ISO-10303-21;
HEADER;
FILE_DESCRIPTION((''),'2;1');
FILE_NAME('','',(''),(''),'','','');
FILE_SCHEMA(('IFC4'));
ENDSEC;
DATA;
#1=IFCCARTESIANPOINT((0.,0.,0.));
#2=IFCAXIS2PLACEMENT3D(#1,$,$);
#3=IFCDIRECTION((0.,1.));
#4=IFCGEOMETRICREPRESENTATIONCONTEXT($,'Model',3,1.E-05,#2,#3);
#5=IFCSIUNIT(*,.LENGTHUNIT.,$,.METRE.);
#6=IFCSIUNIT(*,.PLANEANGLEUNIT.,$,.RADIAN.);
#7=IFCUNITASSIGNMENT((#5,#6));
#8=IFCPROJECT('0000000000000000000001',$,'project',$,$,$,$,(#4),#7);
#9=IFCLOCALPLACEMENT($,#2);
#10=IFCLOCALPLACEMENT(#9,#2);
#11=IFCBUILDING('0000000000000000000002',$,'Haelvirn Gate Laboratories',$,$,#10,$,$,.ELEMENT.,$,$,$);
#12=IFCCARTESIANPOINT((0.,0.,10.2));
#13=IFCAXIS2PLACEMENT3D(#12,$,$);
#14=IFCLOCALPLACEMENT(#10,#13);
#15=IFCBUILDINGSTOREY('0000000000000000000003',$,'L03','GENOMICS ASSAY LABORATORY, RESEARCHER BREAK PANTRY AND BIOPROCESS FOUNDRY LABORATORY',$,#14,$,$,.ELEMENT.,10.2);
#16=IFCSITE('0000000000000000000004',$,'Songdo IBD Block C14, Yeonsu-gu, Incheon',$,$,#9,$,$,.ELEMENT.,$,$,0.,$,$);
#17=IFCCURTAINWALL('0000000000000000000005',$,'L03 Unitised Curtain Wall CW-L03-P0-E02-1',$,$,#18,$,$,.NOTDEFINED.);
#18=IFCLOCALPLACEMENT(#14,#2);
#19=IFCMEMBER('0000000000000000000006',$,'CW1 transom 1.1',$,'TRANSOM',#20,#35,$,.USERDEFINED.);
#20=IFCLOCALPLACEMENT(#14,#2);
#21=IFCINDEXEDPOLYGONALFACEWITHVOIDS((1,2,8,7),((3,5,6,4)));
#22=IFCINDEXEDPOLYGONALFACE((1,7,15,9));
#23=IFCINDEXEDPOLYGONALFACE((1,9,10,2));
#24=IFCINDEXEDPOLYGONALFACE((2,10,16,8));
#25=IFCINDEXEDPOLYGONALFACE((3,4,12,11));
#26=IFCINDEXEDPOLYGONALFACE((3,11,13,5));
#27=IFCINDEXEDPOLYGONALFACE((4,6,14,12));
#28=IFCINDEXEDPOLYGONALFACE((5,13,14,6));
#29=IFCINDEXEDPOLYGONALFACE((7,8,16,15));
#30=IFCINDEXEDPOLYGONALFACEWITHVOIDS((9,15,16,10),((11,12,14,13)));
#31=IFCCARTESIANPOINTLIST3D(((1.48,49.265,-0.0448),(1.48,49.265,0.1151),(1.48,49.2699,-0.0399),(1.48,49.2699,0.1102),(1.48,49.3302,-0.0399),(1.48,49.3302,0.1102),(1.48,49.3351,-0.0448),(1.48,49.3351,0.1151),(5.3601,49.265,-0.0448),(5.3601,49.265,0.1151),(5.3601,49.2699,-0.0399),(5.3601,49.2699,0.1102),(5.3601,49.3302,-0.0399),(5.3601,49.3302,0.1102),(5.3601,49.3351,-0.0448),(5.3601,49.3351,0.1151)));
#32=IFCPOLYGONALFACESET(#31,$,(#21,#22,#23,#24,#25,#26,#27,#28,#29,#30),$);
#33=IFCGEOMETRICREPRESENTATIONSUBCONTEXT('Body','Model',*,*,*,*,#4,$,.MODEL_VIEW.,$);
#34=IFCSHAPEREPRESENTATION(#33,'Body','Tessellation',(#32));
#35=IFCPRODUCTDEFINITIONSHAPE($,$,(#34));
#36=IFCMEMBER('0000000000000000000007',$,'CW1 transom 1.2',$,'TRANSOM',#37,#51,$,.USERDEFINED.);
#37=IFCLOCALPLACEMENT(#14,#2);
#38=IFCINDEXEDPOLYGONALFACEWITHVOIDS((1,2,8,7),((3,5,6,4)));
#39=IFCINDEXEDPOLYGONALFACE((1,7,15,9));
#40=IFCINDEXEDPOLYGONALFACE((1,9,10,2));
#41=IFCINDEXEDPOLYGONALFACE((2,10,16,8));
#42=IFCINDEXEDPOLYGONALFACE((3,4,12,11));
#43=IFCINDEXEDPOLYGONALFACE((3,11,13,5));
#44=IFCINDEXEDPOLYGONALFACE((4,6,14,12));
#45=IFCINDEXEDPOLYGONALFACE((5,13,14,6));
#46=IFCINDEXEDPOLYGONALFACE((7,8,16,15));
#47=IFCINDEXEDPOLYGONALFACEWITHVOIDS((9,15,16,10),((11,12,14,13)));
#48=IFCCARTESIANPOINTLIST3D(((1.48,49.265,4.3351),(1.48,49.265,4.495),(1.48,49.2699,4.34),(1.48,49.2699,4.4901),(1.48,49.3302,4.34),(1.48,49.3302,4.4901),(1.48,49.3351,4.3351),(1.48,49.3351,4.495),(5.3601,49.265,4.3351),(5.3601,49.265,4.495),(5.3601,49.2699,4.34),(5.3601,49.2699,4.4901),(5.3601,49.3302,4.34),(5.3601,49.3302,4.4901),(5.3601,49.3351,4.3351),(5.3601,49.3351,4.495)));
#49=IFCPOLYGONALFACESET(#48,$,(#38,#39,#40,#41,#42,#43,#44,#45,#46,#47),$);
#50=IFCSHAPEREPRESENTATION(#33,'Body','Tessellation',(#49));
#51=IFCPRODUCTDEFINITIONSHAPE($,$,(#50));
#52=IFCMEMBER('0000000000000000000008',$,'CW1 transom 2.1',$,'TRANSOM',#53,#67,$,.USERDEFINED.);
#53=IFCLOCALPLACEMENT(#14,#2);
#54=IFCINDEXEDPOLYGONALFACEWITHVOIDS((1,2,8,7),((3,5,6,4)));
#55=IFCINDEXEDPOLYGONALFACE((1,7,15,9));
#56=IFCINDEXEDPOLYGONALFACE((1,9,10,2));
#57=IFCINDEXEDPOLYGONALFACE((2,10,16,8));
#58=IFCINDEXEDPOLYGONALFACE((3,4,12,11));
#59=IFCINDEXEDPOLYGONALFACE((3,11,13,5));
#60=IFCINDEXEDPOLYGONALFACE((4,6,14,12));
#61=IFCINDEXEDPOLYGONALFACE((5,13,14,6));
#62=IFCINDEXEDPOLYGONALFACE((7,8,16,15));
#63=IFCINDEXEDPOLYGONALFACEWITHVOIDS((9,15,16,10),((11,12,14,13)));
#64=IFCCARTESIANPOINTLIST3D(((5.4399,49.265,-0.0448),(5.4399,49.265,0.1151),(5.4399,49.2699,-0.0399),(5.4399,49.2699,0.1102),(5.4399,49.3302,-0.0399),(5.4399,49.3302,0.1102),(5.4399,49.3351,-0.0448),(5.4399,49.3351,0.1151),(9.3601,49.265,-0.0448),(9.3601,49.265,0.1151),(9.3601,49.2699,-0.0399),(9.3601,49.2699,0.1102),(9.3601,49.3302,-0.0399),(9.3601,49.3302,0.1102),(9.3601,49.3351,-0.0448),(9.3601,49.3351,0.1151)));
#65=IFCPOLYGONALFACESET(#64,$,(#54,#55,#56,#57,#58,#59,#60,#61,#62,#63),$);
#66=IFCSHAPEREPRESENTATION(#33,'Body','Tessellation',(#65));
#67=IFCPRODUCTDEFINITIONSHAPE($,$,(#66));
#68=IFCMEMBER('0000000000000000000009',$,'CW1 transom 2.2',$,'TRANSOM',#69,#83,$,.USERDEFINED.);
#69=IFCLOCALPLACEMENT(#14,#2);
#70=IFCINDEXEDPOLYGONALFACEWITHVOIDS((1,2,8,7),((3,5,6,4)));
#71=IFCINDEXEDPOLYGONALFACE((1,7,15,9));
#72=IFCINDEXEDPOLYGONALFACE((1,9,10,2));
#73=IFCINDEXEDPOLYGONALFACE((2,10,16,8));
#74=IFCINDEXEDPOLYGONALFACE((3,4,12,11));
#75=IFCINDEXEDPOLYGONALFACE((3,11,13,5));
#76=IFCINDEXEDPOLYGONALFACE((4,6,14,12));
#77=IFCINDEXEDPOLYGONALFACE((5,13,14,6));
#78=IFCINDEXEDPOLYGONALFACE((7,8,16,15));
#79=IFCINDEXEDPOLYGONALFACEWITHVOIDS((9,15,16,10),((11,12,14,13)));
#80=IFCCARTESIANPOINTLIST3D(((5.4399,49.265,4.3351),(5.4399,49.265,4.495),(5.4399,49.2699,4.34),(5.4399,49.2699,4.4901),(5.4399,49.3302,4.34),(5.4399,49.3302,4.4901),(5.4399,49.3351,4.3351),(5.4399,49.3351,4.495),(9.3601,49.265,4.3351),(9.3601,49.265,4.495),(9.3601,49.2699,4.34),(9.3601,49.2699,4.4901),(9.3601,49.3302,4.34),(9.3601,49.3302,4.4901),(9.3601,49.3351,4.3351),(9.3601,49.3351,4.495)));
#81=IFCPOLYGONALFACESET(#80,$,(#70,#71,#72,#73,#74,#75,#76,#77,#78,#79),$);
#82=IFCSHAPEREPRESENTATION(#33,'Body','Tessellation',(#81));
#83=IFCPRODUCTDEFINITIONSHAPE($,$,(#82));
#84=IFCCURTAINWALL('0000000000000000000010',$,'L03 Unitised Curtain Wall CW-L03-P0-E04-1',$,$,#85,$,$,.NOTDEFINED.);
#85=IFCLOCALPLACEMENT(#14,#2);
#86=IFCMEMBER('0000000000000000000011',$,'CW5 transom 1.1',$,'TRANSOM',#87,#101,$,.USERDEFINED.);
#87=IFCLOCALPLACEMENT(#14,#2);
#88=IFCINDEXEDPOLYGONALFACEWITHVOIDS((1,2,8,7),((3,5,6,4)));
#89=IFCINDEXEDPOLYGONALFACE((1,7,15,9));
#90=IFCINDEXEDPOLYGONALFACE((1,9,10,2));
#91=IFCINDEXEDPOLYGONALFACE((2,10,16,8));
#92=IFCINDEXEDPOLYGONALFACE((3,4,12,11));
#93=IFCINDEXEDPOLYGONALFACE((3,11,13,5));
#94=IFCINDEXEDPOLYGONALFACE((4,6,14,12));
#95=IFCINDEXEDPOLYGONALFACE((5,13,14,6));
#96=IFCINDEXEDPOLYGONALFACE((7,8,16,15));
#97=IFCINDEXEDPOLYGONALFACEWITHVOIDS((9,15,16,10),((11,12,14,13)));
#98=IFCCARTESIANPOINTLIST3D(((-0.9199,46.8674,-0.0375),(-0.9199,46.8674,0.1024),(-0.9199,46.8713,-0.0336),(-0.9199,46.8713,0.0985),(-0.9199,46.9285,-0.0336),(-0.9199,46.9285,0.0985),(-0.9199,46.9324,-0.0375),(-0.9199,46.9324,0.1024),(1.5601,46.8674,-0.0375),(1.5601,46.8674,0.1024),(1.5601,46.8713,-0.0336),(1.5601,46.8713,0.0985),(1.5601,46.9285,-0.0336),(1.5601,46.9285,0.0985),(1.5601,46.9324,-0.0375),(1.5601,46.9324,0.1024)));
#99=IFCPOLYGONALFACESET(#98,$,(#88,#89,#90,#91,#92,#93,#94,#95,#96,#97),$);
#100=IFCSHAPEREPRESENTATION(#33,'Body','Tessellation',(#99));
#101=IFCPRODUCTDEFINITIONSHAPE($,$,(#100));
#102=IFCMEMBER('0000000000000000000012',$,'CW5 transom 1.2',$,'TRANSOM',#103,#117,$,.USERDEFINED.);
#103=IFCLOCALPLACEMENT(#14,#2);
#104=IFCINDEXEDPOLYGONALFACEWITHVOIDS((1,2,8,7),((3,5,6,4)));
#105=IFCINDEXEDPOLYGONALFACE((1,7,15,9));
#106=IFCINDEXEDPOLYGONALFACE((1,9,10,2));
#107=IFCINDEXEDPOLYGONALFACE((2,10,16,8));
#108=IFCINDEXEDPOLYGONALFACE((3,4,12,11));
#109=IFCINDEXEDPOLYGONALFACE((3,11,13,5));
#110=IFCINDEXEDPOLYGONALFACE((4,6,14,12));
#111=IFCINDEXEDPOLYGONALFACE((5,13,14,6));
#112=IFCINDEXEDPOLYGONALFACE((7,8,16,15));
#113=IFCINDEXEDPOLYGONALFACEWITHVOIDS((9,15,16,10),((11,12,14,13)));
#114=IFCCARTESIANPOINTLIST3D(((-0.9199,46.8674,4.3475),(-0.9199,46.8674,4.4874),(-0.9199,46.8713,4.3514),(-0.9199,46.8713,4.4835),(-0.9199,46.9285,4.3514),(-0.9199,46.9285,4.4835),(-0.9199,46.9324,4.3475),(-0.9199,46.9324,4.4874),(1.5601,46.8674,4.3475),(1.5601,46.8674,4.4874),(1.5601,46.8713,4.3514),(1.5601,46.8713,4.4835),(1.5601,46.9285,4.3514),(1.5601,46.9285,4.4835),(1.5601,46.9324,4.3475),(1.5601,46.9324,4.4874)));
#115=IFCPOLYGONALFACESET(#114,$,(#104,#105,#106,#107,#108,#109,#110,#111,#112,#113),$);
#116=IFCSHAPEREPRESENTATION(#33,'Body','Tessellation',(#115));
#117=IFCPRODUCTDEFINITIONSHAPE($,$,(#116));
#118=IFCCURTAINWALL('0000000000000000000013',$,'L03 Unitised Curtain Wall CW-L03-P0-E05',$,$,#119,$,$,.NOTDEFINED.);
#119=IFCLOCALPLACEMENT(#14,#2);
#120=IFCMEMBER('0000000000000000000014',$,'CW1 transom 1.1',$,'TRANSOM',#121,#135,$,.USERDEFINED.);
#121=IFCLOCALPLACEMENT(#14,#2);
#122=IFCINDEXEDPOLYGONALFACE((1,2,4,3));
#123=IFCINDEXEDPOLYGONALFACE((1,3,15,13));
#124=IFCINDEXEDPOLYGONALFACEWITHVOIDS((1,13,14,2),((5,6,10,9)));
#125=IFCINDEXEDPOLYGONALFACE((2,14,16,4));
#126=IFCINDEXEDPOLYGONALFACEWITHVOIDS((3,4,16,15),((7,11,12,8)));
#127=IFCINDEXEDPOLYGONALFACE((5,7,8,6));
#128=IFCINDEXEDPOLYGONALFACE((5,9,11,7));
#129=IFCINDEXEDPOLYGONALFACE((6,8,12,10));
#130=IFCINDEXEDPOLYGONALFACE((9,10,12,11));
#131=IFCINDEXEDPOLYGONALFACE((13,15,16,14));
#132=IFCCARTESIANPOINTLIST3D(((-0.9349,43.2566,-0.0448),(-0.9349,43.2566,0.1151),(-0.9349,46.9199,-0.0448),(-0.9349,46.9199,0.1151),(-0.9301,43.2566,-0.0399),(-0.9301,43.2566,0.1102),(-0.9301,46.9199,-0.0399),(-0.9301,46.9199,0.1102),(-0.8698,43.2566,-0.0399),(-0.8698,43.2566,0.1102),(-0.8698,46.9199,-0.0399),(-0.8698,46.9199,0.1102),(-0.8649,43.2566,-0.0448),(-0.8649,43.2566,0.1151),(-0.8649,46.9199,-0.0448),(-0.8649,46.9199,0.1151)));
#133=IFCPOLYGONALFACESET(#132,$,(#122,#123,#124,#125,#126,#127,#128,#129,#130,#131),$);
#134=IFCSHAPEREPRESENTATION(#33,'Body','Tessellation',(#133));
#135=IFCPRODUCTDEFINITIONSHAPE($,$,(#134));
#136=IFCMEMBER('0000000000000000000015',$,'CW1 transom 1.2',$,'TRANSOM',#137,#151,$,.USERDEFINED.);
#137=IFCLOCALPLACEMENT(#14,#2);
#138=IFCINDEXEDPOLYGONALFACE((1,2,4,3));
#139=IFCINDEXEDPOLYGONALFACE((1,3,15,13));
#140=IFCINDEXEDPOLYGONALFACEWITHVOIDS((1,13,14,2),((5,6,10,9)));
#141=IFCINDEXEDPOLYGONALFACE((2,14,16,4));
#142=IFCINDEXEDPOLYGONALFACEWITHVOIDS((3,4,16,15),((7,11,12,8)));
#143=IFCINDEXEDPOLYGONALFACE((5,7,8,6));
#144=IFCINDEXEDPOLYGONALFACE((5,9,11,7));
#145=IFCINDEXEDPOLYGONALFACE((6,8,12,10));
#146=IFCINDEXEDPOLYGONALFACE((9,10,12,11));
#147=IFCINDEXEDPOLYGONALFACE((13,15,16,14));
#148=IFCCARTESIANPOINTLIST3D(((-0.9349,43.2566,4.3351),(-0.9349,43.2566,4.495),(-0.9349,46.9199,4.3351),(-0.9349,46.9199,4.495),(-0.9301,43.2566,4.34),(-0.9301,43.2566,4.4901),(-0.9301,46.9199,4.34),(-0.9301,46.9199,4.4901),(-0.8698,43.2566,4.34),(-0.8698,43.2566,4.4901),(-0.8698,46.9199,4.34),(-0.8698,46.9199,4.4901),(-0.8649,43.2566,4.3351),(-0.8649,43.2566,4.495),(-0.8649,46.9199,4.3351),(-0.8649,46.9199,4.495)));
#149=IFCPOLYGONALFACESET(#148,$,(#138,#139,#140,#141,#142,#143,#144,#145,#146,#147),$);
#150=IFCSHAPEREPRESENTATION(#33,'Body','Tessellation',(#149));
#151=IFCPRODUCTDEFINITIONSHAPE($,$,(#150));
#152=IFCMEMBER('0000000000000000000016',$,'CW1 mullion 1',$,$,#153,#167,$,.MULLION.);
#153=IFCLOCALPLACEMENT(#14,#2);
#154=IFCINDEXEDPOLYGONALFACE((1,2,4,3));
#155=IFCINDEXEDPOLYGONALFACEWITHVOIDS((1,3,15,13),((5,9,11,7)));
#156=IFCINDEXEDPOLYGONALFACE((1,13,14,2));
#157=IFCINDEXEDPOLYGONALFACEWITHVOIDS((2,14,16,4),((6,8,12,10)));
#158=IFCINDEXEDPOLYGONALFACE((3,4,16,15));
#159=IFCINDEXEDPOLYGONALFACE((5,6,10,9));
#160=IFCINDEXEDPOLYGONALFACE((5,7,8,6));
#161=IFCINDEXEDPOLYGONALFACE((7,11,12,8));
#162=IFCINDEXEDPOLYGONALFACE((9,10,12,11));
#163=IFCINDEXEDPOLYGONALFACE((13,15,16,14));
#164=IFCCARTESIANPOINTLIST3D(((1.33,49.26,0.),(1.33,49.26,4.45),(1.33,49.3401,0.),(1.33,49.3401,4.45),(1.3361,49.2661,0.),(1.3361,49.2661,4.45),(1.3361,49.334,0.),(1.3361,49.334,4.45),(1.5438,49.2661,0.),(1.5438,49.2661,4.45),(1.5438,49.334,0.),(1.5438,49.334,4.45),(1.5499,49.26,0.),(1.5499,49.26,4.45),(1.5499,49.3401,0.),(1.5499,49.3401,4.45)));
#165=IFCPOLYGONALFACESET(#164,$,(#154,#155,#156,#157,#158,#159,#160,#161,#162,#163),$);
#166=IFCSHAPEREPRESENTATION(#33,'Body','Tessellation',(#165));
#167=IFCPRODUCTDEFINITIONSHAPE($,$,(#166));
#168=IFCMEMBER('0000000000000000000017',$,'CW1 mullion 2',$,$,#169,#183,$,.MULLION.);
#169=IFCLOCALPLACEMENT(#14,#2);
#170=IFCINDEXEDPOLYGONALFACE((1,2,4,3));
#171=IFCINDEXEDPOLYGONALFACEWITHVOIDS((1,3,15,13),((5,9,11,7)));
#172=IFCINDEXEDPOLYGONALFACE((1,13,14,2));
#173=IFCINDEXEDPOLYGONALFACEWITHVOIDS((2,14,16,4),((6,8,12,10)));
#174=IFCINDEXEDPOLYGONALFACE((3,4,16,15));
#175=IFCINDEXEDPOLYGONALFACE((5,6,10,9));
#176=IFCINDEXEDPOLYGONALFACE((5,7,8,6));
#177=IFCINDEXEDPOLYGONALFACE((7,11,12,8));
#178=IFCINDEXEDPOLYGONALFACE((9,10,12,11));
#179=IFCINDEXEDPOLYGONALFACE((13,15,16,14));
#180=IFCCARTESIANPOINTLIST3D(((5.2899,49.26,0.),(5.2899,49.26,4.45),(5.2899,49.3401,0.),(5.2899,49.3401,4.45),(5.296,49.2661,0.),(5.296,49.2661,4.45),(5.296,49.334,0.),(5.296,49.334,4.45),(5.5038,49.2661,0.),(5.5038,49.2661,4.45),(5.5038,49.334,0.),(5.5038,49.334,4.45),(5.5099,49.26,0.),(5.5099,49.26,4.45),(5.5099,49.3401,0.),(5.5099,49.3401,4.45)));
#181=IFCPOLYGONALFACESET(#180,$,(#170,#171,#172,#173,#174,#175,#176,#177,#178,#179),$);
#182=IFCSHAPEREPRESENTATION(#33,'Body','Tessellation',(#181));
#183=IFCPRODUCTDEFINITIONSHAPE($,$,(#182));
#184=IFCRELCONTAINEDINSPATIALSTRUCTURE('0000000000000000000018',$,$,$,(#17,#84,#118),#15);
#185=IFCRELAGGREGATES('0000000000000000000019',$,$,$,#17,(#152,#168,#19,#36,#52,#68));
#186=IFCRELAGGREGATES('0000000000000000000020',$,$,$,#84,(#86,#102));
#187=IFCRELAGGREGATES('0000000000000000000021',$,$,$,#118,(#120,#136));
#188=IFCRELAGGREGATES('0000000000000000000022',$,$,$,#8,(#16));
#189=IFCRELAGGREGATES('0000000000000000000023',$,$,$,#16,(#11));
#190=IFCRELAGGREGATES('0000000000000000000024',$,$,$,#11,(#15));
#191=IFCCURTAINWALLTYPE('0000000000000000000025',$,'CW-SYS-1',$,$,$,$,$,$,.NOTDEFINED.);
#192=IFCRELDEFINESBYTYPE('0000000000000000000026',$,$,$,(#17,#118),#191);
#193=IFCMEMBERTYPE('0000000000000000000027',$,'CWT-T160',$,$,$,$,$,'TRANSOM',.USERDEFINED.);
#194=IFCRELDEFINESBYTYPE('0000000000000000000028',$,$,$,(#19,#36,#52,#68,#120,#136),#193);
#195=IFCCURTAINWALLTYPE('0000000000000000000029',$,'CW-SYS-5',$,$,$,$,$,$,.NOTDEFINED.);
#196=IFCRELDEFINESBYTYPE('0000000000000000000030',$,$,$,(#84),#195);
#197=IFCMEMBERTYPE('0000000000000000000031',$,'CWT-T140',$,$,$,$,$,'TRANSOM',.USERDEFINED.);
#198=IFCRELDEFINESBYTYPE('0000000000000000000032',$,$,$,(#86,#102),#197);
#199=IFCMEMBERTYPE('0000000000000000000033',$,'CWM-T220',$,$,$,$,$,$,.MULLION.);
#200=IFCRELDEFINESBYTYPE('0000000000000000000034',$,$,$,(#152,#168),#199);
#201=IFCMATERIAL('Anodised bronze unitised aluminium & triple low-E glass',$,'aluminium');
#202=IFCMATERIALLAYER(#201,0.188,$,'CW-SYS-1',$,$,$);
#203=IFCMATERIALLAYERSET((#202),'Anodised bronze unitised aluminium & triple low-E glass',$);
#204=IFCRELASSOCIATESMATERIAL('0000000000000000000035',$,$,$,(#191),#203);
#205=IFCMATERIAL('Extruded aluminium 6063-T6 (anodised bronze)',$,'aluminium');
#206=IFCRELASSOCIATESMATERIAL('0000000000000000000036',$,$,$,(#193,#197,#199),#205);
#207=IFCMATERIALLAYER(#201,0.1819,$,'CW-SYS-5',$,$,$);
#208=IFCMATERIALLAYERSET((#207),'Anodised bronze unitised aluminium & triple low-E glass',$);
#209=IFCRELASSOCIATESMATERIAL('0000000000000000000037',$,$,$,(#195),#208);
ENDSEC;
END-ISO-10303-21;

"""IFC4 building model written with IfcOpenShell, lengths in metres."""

from ifc_helpers import new_model, si_unit, direction, frame, origin, origin_2d, place, context, subcontext, project, spatial, hollow_rectangle, extrude, source, transform, mapped, material, layer, layer_set, material_profile, profile_set, type_object, type_shapes, element, aggregate, save


model = new_model("IFC4")

# Units and contexts
model_context = context("Model", 3, precision=1e-05, world=origin(), true_north=direction((0.0, 1.0)))
body_context = subcontext(model_context, "Body", "Model", "MODEL_VIEW")
ifc_project = project(units=[si_unit("LENGTHUNIT", "METRE"), si_unit("PLANEANGLEUNIT", "RADIAN")], contexts=[model_context])

# Site, building, storey
site_placement = place(None, origin())
site = spatial("IfcSite", under=ifc_project, at=site_placement, Name="Songdo IBD Block C14, Yeonsu-gu, Incheon", CompositionType="ELEMENT", RefElevation=0.0)
building_placement = place(site_placement, origin())
building = spatial("IfcBuilding", under=site, at=building_placement, Name="Haelvirn Gate Laboratories", CompositionType="ELEMENT")
storey_placement = place(building_placement, frame((0.0, 0.0, 10.2)))
storey = spatial("IfcBuildingStorey", under=building, at=storey_placement, Name="L03", Description="GENOMICS ASSAY LABORATORY, RESEARCHER BREAK PANTRY AND BIOPROCESS FOUNDRY LABORATORY", CompositionType="ELEMENT", Elevation=10.2)

# Curtain walls, members
ifc_material_1 = material(Name="Anodised bronze unitised aluminium & triple low-E glass", Category="aluminium")
ifc_layer_1 = layer(ifc_material_1, 0.188, Name="CW-SYS-1")
ifc_layer_set_1 = layer_set([ifc_layer_1], Name="Anodised bronze unitised aluminium & triple low-E glass")
curtain_wall_type_1 = type_object("IfcCurtainWallType", Name="CW-SYS-1", PredefinedType="NOTDEFINED", material=ifc_layer_set_1)
curtain_wall_1_placement = place(storey_placement, origin())
curtain_wall_1 = element("IfcCurtainWall", 1, at=curtain_wall_1_placement, inside=storey, type_object=curtain_wall_type_1, Name="L03 Unitised Curtain Wall CW-L03-P0-E02-1", PredefinedType="NOTDEFINED")
ifc_material_2 = material(Name="Extruded aluminium 6063-T6 (anodised bronze)", Category="aluminium")
ifc_material_profile_1 = material_profile(ifc_material_2, hollow_rectangle(XDim=0.0701, YDim=0.1599, WallThickness=0.0049, at=origin_2d()), Name="CWT-160x70x5")
ifc_profile_set_1 = profile_set([ifc_material_profile_1], Name="Extruded aluminium 6063-T6 (anodised bronze)")
member_type_1 = type_object("IfcMemberType", Name="CWT-T160", ElementType="TRANSOM", PredefinedType="USERDEFINED", material=ifc_profile_set_1)
shared_shape_1 = source(origin(), body_context, "Body", "SweptSolid", [
    extrude(hollow_rectangle(XDim=0.0701, YDim=0.1599, WallThickness=0.0049, at=origin_2d()), origin(), (0.0, 0.0, 1.0), 3.8801),
])
member_1_placement = place(storey_placement, frame((1.48, 49.3, 0.0352), z_axis=(1.0, 0.0, 0.0), x_axis=(0.0, 1.0, 0.0)))
member_1 = element("IfcMember", 2, at=member_1_placement, type_object=member_type_1, Name="CW1 transom 1.1", ObjectType="TRANSOM", PredefinedType="USERDEFINED", context=body_context, shape_type="MappedRepresentation", body=[
    mapped(shared_shape_1, transform((0.0, 0.0, 0.0), scale=1.0)),
])
member_2_placement = place(storey_placement, frame((1.48, 49.3, 4.415), z_axis=(1.0, 0.0, 0.0), x_axis=(0.0, 1.0, 0.0)))
member_2 = element("IfcMember", 3, at=member_2_placement, type_object=member_type_1, Name="CW1 transom 1.2", ObjectType="TRANSOM", PredefinedType="USERDEFINED", context=body_context, shape_type="MappedRepresentation", body=[
    mapped(shared_shape_1, transform((0.0, 0.0, 0.0), scale=1.0)),
])
shared_shape_2 = source(origin(), body_context, "Body", "SweptSolid", [
    extrude(hollow_rectangle(XDim=0.0701, YDim=0.1599, WallThickness=0.0049, at=origin_2d()), origin(), (0.0, 0.0, 1.0), 3.9202),
])
member_3_placement = place(storey_placement, frame((5.4399, 49.3, 0.0352), z_axis=(1.0, 0.0, 0.0), x_axis=(0.0, 1.0, 0.0)))
member_3 = element("IfcMember", 4, at=member_3_placement, type_object=member_type_1, Name="CW1 transom 2.1", ObjectType="TRANSOM", PredefinedType="USERDEFINED", context=body_context, shape_type="MappedRepresentation", body=[
    mapped(shared_shape_2, transform((0.0, 0.0, 0.0), scale=1.0)),
])
member_4_placement = place(storey_placement, frame((5.4399, 49.3, 4.415), z_axis=(1.0, 0.0, 0.0), x_axis=(0.0, 1.0, 0.0)))
member_4 = element("IfcMember", 5, at=member_4_placement, type_object=member_type_1, Name="CW1 transom 2.2", ObjectType="TRANSOM", PredefinedType="USERDEFINED", context=body_context, shape_type="MappedRepresentation", body=[
    mapped(shared_shape_2, transform((0.0, 0.0, 0.0), scale=1.0)),
])
ifc_layer_2 = layer(ifc_material_1, 0.1819, Name="CW-SYS-5")
ifc_layer_set_2 = layer_set([ifc_layer_2], Name="Anodised bronze unitised aluminium & triple low-E glass")
curtain_wall_type_2 = type_object("IfcCurtainWallType", Name="CW-SYS-5", PredefinedType="NOTDEFINED", material=ifc_layer_set_2)
curtain_wall_2_placement = place(storey_placement, origin())
curtain_wall_2 = element("IfcCurtainWall", 6, at=curtain_wall_2_placement, inside=storey, type_object=curtain_wall_type_2, Name="L03 Unitised Curtain Wall CW-L03-P0-E04-1", PredefinedType="NOTDEFINED")
ifc_material_profile_2 = material_profile(ifc_material_2, hollow_rectangle(XDim=0.0649, YDim=0.1399, WallThickness=0.0039, at=origin_2d()), Name="CWT-140x65x4")
ifc_profile_set_2 = profile_set([ifc_material_profile_2], Name="Extruded aluminium 6063-T6 (anodised bronze)")
member_type_2 = type_object("IfcMemberType", Name="CWT-T140", ElementType="TRANSOM", PredefinedType="USERDEFINED", material=ifc_profile_set_2)
shared_shape_3 = source(origin(), body_context, "Body", "SweptSolid", [
    extrude(hollow_rectangle(XDim=0.0649, YDim=0.1399, WallThickness=0.0039, at=origin_2d()), origin(), (0.0, 0.0, 1.0), 2.48),
])
type_shapes(member_type_2, [shared_shape_3])
member_5_placement = place(storey_placement, frame((-0.9199, 46.8999, 0.0325), z_axis=(1.0, 0.0, 0.0), x_axis=(0.0, 1.0, 0.0)))
member_5 = element("IfcMember", 7, at=member_5_placement, type_object=member_type_2, Name="CW5 transom 1.1", ObjectType="TRANSOM", PredefinedType="USERDEFINED", context=body_context, shape_type="MappedRepresentation", body=[
    mapped(shared_shape_3, transform((0.0, 0.0, 0.0), scale=1.0)),
])
member_6_placement = place(storey_placement, frame((-0.9199, 46.8999, 4.4175), z_axis=(1.0, 0.0, 0.0), x_axis=(0.0, 1.0, 0.0)))
member_6 = element("IfcMember", 8, at=member_6_placement, type_object=member_type_2, Name="CW5 transom 1.2", ObjectType="TRANSOM", PredefinedType="USERDEFINED", context=body_context, shape_type="MappedRepresentation", body=[
    mapped(shared_shape_3, transform((0.0, 0.0, 0.0), scale=1.0)),
])
curtain_wall_3_placement = place(storey_placement, origin())
curtain_wall_3 = element("IfcCurtainWall", 9, at=curtain_wall_3_placement, inside=storey, type_object=curtain_wall_type_1, Name="L03 Unitised Curtain Wall CW-L03-P0-E05", PredefinedType="NOTDEFINED")
shared_shape_4 = source(origin(), body_context, "Body", "SweptSolid", [
    extrude(hollow_rectangle(XDim=0.0701, YDim=0.1599, WallThickness=0.0049, at=origin_2d()), origin(), (0.0, 0.0, 1.0), 3.6633),
])
type_shapes(member_type_1, [shared_shape_1, shared_shape_2, shared_shape_4])
member_7_placement = place(storey_placement, frame((-0.8999, 46.9199, 0.0352), z_axis=(0.0, -1.0, 0.0), x_axis=(1.0, 0.0, 0.0)))
member_7 = element("IfcMember", 10, at=member_7_placement, type_object=member_type_1, Name="CW1 transom 1.1", ObjectType="TRANSOM", PredefinedType="USERDEFINED", context=body_context, shape_type="MappedRepresentation", body=[
    mapped(shared_shape_4, transform((0.0, 0.0, 0.0), scale=1.0)),
])
member_8_placement = place(storey_placement, frame((-0.8999, 46.9199, 4.415), z_axis=(0.0, -1.0, 0.0), x_axis=(1.0, 0.0, 0.0)))
member_8 = element("IfcMember", 11, at=member_8_placement, type_object=member_type_1, Name="CW1 transom 1.2", ObjectType="TRANSOM", PredefinedType="USERDEFINED", context=body_context, shape_type="MappedRepresentation", body=[
    mapped(shared_shape_4, transform((0.0, 0.0, 0.0), scale=1.0)),
])

# Members
ifc_material_profile_3 = material_profile(ifc_material_2, hollow_rectangle(XDim=0.0801, YDim=0.22, WallThickness=0.0061, at=origin_2d()), Name="CWM-220x80x6")
ifc_profile_set_3 = profile_set([ifc_material_profile_3], Name="Extruded aluminium 6063-T6 (anodised bronze)")
member_type_3 = type_object("IfcMemberType", Name="CWM-T220", PredefinedType="MULLION", material=ifc_profile_set_3)
shared_shape_5 = source(origin(), body_context, "Body", "SweptSolid", [
    extrude(hollow_rectangle(XDim=0.0801, YDim=0.22, WallThickness=0.0061, at=origin_2d()), origin(), (0.0, 0.0, 1.0), 4.45),
])
type_shapes(member_type_3, [shared_shape_5])
member_9_placement = place(storey_placement, frame((1.4399, 49.3, 0.0), z_axis=(0.0, 0.0, 1.0), x_axis=(0.0, 1.0, 0.0)))
member_9 = element("IfcMember", 12, at=member_9_placement, type_object=member_type_3, Name="CW1 mullion 1", PredefinedType="MULLION", context=body_context, shape_type="MappedRepresentation", body=[
    mapped(shared_shape_5, transform((0.0, 0.0, 0.0), scale=1.0)),
])
member_10_placement = place(storey_placement, frame((5.3999, 49.3, 0.0), z_axis=(0.0, 0.0, 1.0), x_axis=(0.0, 1.0, 0.0)))
member_10 = element("IfcMember", 13, at=member_10_placement, type_object=member_type_3, Name="CW1 mullion 2", PredefinedType="MULLION", context=body_context, shape_type="MappedRepresentation", body=[
    mapped(shared_shape_5, transform((0.0, 0.0, 0.0), scale=1.0)),
])

aggregate(curtain_wall_1, [member_9, member_10, member_1, member_2, member_3, member_4])
aggregate(curtain_wall_2, [member_5, member_6])
aggregate(curtain_wall_3, [member_7, member_8])

save(model, "model.ifc")
